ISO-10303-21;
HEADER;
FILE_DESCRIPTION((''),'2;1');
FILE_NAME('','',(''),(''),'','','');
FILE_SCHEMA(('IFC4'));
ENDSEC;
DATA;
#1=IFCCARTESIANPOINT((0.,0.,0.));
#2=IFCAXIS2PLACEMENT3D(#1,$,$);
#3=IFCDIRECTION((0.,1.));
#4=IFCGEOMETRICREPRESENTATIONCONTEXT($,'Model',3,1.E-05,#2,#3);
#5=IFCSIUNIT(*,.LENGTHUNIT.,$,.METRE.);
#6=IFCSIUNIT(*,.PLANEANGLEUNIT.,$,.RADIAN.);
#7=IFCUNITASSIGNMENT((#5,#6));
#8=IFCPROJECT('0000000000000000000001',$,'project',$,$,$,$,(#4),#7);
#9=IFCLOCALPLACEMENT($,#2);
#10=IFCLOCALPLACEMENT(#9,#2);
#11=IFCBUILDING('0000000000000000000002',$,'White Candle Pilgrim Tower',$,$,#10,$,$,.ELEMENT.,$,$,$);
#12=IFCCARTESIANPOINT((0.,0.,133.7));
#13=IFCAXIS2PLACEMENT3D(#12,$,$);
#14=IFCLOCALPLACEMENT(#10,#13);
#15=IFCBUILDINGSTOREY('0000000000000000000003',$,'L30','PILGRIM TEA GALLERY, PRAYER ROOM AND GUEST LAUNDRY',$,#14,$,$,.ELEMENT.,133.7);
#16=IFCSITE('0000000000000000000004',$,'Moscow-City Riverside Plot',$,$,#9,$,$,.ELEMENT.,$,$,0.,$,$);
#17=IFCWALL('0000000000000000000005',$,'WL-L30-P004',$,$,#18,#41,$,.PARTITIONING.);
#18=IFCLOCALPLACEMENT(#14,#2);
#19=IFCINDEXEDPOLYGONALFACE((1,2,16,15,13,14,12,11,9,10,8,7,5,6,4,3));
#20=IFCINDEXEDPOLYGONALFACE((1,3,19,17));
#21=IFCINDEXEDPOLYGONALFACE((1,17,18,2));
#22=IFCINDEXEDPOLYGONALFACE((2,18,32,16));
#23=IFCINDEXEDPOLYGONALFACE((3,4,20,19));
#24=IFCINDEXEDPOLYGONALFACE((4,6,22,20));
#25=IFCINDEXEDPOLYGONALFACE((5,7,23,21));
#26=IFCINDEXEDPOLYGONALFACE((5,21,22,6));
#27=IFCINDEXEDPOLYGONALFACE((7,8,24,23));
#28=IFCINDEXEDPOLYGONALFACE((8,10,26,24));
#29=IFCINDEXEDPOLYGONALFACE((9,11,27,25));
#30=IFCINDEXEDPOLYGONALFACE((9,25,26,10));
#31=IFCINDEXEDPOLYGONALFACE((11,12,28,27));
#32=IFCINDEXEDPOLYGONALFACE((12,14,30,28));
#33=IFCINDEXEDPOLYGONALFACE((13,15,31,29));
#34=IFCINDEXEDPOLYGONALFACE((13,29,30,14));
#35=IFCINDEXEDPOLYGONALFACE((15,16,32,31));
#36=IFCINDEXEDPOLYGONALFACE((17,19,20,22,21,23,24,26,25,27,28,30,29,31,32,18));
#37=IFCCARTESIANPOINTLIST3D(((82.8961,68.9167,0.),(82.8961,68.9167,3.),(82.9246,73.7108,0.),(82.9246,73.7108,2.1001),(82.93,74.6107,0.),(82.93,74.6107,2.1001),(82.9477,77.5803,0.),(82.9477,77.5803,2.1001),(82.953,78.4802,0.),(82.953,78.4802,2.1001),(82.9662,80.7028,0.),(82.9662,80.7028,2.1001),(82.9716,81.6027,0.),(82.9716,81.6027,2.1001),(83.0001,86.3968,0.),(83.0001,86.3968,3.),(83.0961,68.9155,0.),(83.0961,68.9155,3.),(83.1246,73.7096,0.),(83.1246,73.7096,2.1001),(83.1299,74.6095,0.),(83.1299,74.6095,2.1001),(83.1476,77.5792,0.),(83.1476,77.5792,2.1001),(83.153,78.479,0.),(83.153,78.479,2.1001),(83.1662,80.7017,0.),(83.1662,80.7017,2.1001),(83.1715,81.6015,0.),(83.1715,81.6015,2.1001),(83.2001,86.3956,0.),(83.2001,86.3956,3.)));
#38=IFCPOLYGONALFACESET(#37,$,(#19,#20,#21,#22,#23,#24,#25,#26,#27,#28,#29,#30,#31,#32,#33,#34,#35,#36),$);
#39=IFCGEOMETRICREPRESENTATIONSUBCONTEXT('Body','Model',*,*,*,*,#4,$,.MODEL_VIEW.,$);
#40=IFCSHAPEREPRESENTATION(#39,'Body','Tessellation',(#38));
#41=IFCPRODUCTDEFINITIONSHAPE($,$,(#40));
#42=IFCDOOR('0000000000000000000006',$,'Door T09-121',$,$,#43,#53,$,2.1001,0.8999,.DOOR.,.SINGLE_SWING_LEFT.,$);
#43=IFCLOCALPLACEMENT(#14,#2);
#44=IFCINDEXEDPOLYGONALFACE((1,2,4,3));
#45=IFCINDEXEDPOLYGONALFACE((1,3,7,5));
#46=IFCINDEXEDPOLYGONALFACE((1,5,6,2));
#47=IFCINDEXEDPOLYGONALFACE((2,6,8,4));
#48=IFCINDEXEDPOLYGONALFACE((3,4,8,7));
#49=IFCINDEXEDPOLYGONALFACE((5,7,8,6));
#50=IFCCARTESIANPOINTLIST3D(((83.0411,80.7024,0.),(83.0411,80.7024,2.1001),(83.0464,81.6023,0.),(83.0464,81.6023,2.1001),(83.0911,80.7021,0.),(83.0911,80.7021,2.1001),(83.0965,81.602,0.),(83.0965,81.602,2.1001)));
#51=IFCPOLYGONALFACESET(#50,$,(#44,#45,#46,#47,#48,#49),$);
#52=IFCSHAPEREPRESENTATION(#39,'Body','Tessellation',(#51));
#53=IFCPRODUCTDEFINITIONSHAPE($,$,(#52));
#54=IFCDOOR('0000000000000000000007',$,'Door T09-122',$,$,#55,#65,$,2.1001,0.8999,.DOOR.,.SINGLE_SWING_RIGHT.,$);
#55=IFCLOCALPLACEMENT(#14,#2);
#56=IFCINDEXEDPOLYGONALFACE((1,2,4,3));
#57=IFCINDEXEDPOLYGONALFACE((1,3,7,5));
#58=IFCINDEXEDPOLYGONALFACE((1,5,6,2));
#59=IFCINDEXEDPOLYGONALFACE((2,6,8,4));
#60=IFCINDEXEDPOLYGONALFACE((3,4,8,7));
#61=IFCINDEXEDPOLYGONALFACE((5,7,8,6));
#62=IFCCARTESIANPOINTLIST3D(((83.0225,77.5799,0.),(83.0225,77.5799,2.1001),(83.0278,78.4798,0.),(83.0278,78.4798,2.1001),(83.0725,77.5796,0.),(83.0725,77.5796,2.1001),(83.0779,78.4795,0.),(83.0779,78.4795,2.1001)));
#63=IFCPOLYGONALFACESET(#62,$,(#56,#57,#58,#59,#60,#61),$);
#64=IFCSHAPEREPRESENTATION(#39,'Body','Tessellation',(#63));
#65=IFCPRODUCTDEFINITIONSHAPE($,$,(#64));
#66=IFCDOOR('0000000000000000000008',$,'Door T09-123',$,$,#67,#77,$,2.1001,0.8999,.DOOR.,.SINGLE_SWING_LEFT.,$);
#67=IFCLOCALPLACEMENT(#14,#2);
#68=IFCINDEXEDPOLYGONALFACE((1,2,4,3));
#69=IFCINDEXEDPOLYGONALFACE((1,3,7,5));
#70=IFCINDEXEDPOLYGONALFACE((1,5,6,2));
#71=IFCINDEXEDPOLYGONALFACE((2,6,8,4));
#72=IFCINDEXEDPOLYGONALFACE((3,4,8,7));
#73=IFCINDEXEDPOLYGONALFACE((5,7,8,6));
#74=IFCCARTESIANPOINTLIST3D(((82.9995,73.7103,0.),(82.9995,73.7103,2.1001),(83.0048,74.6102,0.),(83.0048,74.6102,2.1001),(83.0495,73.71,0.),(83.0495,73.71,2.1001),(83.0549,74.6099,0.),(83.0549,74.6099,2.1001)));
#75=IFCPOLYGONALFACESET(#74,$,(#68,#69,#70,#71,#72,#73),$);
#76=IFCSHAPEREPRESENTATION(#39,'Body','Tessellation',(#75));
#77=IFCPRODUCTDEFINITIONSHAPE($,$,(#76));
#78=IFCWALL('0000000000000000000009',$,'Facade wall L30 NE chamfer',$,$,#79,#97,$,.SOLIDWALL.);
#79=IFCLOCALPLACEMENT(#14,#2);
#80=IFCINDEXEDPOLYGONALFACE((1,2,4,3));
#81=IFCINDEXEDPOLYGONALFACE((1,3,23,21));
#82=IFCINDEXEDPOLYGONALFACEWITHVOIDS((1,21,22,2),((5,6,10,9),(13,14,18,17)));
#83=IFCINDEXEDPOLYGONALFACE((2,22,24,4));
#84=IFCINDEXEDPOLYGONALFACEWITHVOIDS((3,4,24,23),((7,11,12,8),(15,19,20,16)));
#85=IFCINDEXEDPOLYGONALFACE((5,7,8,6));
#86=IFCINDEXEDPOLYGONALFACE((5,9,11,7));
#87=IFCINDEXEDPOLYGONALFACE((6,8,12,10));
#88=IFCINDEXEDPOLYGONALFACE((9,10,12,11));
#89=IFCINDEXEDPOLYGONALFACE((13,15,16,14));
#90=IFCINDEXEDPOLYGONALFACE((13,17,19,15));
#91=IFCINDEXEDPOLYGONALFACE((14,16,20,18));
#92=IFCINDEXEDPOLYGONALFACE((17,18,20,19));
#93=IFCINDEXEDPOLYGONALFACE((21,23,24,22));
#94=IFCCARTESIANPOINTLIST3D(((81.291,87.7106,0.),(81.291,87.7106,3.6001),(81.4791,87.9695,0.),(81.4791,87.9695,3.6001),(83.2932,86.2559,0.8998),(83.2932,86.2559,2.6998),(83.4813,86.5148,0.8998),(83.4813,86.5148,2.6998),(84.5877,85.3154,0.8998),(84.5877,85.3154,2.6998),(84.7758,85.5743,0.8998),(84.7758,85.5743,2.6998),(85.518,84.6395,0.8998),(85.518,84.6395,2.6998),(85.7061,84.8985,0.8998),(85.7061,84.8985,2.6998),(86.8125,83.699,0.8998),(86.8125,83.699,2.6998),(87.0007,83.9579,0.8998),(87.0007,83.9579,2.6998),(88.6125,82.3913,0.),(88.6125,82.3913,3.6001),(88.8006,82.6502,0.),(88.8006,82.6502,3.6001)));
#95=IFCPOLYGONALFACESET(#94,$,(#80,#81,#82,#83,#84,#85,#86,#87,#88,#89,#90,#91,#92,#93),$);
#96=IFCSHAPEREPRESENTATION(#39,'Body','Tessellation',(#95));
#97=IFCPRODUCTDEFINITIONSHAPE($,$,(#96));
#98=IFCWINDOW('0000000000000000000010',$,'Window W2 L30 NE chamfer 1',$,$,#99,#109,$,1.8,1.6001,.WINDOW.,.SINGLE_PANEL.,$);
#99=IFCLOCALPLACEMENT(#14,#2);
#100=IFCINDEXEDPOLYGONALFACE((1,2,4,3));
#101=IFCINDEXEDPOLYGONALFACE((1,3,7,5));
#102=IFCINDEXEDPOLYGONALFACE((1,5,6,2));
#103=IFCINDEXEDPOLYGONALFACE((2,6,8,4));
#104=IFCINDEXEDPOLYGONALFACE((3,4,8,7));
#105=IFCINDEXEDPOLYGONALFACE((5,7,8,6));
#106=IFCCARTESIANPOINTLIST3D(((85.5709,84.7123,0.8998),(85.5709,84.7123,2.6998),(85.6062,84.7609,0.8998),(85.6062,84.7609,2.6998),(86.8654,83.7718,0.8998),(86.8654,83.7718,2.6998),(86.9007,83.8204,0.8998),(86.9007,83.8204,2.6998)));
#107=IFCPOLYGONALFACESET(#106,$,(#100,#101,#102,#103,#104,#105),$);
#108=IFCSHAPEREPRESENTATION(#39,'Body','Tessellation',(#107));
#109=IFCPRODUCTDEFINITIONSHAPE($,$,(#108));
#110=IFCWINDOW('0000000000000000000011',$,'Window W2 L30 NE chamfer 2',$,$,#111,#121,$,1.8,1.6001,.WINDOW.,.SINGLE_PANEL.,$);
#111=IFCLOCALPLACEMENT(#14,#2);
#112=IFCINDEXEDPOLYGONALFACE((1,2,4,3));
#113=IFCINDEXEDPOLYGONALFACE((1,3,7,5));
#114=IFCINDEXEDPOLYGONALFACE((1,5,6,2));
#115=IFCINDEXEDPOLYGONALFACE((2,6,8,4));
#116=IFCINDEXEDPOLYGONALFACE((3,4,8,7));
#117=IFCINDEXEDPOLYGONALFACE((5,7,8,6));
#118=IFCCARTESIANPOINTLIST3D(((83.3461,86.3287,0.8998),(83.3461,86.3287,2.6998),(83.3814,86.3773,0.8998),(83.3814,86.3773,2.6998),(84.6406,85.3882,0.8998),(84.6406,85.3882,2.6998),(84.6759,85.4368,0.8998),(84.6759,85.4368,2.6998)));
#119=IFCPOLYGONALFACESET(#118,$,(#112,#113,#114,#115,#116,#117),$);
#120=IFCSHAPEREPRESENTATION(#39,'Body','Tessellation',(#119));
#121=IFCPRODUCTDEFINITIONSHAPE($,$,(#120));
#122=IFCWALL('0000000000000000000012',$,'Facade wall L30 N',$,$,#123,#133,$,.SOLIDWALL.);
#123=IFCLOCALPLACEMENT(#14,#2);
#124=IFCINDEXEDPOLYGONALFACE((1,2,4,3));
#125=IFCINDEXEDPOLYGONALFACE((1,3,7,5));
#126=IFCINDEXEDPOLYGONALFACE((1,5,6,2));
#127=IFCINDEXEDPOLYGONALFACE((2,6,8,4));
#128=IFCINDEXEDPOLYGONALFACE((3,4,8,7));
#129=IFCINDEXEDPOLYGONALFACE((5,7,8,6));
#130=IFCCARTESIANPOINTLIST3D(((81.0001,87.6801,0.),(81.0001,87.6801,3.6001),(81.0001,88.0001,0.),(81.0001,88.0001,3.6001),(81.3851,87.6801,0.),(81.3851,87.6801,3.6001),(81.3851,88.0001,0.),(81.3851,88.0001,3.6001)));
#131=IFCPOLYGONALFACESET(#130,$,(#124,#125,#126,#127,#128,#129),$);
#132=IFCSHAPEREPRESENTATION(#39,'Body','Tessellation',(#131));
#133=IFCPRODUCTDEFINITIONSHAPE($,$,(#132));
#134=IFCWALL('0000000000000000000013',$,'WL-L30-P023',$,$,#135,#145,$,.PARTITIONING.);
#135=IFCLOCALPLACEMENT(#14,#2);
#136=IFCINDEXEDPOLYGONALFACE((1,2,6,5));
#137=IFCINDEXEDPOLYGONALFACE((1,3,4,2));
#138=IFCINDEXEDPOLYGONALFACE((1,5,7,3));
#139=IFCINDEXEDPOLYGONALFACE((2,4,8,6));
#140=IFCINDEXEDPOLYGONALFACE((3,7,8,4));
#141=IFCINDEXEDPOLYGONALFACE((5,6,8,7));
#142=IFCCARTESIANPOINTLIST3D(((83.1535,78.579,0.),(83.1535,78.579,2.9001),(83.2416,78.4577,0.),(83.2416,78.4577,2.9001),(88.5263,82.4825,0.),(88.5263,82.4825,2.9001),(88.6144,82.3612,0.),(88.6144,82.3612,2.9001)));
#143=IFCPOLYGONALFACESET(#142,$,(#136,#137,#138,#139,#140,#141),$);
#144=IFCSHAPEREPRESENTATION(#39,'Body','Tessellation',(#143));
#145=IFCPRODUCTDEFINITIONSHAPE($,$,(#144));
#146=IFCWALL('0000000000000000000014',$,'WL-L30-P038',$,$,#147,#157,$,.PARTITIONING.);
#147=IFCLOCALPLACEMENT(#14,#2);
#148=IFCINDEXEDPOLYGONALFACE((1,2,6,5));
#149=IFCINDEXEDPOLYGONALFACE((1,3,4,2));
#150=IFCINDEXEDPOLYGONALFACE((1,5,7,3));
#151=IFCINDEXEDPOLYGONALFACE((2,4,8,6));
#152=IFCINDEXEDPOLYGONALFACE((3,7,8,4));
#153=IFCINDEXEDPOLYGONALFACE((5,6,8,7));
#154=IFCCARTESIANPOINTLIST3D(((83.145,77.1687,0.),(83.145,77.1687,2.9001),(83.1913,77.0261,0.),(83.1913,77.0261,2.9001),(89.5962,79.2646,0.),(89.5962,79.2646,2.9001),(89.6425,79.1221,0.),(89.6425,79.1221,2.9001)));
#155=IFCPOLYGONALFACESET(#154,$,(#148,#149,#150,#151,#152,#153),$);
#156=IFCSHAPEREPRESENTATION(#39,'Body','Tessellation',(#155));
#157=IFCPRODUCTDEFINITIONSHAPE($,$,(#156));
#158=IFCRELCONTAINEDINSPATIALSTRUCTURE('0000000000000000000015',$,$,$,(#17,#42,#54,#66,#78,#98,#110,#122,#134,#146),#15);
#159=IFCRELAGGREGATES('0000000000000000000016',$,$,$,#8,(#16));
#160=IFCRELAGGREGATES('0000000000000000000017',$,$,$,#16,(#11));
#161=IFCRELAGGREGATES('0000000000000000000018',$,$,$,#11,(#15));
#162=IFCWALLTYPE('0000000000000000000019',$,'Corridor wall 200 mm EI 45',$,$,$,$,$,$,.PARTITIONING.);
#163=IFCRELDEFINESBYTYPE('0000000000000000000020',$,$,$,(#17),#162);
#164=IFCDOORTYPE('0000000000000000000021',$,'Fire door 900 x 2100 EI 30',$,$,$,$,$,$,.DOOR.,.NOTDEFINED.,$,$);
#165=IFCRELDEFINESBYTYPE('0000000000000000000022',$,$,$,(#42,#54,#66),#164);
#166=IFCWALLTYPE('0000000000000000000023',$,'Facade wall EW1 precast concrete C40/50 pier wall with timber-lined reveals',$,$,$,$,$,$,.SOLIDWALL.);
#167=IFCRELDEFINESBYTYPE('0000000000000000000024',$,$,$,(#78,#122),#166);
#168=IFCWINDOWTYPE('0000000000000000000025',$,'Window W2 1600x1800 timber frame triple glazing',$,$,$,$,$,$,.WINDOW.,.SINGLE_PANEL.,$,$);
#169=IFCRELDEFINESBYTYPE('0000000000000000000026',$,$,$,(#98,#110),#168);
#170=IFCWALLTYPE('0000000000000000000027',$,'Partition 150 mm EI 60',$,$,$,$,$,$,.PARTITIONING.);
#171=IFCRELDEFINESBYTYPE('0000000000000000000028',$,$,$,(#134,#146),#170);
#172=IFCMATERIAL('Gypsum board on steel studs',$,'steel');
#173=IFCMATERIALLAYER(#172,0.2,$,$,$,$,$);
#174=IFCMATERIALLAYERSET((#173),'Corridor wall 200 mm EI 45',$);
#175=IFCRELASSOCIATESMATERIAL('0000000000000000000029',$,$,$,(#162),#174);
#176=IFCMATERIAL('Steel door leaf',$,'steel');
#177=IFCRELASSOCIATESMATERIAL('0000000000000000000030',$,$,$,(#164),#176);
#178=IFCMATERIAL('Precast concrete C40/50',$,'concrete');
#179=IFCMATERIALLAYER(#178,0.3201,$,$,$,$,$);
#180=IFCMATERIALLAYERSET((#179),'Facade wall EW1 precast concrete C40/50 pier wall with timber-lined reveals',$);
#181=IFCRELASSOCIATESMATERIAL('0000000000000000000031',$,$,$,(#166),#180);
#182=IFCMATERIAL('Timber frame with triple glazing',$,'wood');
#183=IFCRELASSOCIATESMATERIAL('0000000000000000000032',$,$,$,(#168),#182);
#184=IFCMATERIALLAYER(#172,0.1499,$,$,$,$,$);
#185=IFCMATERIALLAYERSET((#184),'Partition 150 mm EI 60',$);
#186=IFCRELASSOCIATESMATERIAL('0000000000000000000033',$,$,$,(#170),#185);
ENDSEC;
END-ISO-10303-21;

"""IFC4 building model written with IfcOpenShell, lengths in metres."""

from ifc_helpers import new_model, si_unit, direction, frame, frame_2d, origin, place, context, subcontext, project, spatial, rectangle, extrude, material, layer, layer_set, type_object, element, fill, save


model = new_model("IFC4")

# Units and contexts
model_context = context("Model", 3, precision=1e-05, world=origin(), true_north=direction((0.0, 1.0)))
body_context = subcontext(model_context, "Body", "Model", "MODEL_VIEW")
ifc_project = project(units=[si_unit("LENGTHUNIT", "METRE"), si_unit("PLANEANGLEUNIT", "RADIAN")], contexts=[model_context])

# Site, building, storey
site_placement = place(None, origin())
site = spatial("IfcSite", under=ifc_project, at=site_placement, Name="Moscow-City Riverside Plot", CompositionType="ELEMENT", RefElevation=0.0)
building_placement = place(site_placement, origin())
building = spatial("IfcBuilding", under=site, at=building_placement, Name="White Candle Pilgrim Tower", CompositionType="ELEMENT")
storey_placement = place(building_placement, frame((0.0, 0.0, 133.7)))
storey = spatial("IfcBuildingStorey", under=building, at=storey_placement, Name="L30", Description="PILGRIM TEA GALLERY, PRAYER ROOM AND GUEST LAUNDRY", CompositionType="ELEMENT", Elevation=133.7)

# Shared definitions
ifc_material_1 = material(Name="Steel door leaf", Category="steel")

# Wall, openings, doors
ifc_material_2 = material(Name="Gypsum board on steel studs", Category="steel")
ifc_layer_1 = layer(ifc_material_2, 0.2)
ifc_layer_set_1 = layer_set([ifc_layer_1], Name="Corridor wall 200 mm EI 45")
wall_type_1 = type_object("IfcWallType", Name="Corridor wall 200 mm EI 45", PredefinedType="PARTITIONING", material=ifc_layer_set_1)
wall_1_placement = place(storey_placement, frame((83.1001, 86.3962, 0.0), z_axis=(0.0, 0.0, 1.0), x_axis=(-0.00595, -0.999982, 0.0)))
wall_1 = element("IfcWall", 1, at=wall_1_placement, inside=storey, type_object=wall_type_1, Name="WL-L30-P004", PredefinedType="PARTITIONING", context=body_context, shape_type="SweptSolid", body=[
    extrude(rectangle(XDim=17.4805, YDim=0.2, at=frame_2d((8.7402, 0.0))), origin(), (0.0, 0.0, 1.0), 3.0),
])
opening_1_placement = place(wall_1_placement, frame((4.7942, 0.0, 0.0)))
opening_1 = element("IfcOpeningElement", 2, at=opening_1_placement, cuts=wall_1, PredefinedType="OPENING", context=body_context, shape_type="SweptSolid", body=[
    extrude(rectangle(XDim=0.8999, YDim=2.1001, at=frame_2d((0.45, 1.05))), frame((0.0, 0.1099, 0.0), z_axis=(0.0, -1.0, 0.0), x_axis=(1.0, 0.0, 0.0)), (0.0, 0.0, 1.0), 0.22),
])
opening_2_placement = place(wall_1_placement, frame((7.9167, 0.0, 0.0)))
opening_2 = element("IfcOpeningElement", 3, at=opening_2_placement, cuts=wall_1, PredefinedType="OPENING", context=body_context, shape_type="SweptSolid", body=[
    extrude(rectangle(XDim=0.8999, YDim=2.1001, at=frame_2d((0.45, 1.05))), frame((0.0, 0.1099, 0.0), z_axis=(0.0, -1.0, 0.0), x_axis=(1.0, 0.0, 0.0)), (0.0, 0.0, 1.0), 0.22),
])
opening_3_placement = place(wall_1_placement, frame((11.7864, 0.0, 0.0)))
opening_3 = element("IfcOpeningElement", 4, at=opening_3_placement, cuts=wall_1, PredefinedType="OPENING", context=body_context, shape_type="SweptSolid", body=[
    extrude(rectangle(XDim=0.8999, YDim=2.1001, at=frame_2d((0.45, 1.05))), frame((0.0, 0.1099, 0.0), z_axis=(0.0, -1.0, 0.0), x_axis=(1.0, 0.0, 0.0)), (0.0, 0.0, 1.0), 0.22),
])
door_type_1 = type_object("IfcDoorType", Name="Fire door 900 x 2100 EI 30", OperationType="NOTDEFINED", PredefinedType="DOOR", material=ifc_material_1)
door_1_placement = place(opening_1_placement, origin())
door_1 = element("IfcDoor", 5, at=door_1_placement, inside=storey, type_object=door_type_1, Name="Door T09-121", OperationType="SINGLE_SWING_LEFT", OverallHeight=2.1001, OverallWidth=0.8999, PredefinedType="DOOR", context=body_context, shape_type="SweptSolid", body=[
    extrude(rectangle(XDim=0.8999, YDim=2.1001, at=frame_2d((0.45, 1.05))), frame((0.0, 0.0249, 0.0), z_axis=(0.0, -1.0, 0.0), x_axis=(1.0, 0.0, 0.0)), (0.0, 0.0, 1.0), 0.05),
])
fill(opening_1, door_1)
door_2_placement = place(opening_2_placement, origin())
door_2 = element("IfcDoor", 6, at=door_2_placement, inside=storey, type_object=door_type_1, Name="Door T09-122", OperationType="SINGLE_SWING_RIGHT", OverallHeight=2.1001, OverallWidth=0.8999, PredefinedType="DOOR", context=body_context, shape_type="SweptSolid", body=[
    extrude(rectangle(XDim=0.8999, YDim=2.1001, at=frame_2d((0.45, 1.05))), frame((0.0, 0.0249, 0.0), z_axis=(0.0, -1.0, 0.0), x_axis=(1.0, 0.0, 0.0)), (0.0, 0.0, 1.0), 0.05),
])
fill(opening_2, door_2)
door_3_placement = place(opening_3_placement, origin())
door_3 = element("IfcDoor", 7, at=door_3_placement, inside=storey, type_object=door_type_1, Name="Door T09-123", OperationType="SINGLE_SWING_LEFT", OverallHeight=2.1001, OverallWidth=0.8999, PredefinedType="DOOR", context=body_context, shape_type="SweptSolid", body=[
    extrude(rectangle(XDim=0.8999, YDim=2.1001, at=frame_2d((0.45, 1.05))), frame((0.0, 0.0249, 0.0), z_axis=(0.0, -1.0, 0.0), x_axis=(1.0, 0.0, 0.0)), (0.0, 0.0, 1.0), 0.05),
])
fill(opening_3, door_3)

# Wall, openings, windows
ifc_material_3 = material(Name="Precast concrete C40/50", Category="concrete")
ifc_layer_2 = layer(ifc_material_3, 0.3201)
ifc_layer_set_2 = layer_set([ifc_layer_2], Name="Facade wall EW1 precast concrete C40/50 pier wall with timber-lined reveals")
wall_type_2 = type_object("IfcWallType", Name="Facade wall EW1 precast concrete C40/50 pier wall with timber-lined reveals", PredefinedType="SOLIDWALL", material=ifc_layer_set_2)
wall_2_placement = place(storey_placement, frame((88.7065, 82.5208, 0.0), z_axis=(0.0, 0.0, 1.0), x_axis=(-0.809021, 0.58778, 0.0)))
wall_2 = element("IfcWall", 8, at=wall_2_placement, inside=storey, type_object=wall_type_2, Name="Facade wall L30 NE chamfer", PredefinedType="SOLIDWALL", context=body_context, shape_type="SweptSolid", body=[
    extrude(rectangle(XDim=9.0498, YDim=0.3201, at=frame_2d((4.5249, 0.0))), origin(), (0.0, 0.0, 1.0), 3.6001),
])
opening_4_placement = place(wall_2_placement, frame((2.2249, 0.0, 0.8999)))
opening_4 = element("IfcOpeningElement", 9, at=opening_4_placement, cuts=wall_2, PredefinedType="OPENING", context=body_context, shape_type="SweptSolid", body=[
    extrude(rectangle(XDim=1.6001, YDim=1.8, at=frame_2d((0.8, 0.8999))), frame((0.0, 0.1699, 0.0), z_axis=(0.0, -1.0, 0.0), x_axis=(1.0, 0.0, 0.0)), (0.0, 0.0, 1.0), 0.3401),
])
opening_5_placement = place(wall_2_placement, frame((4.9749, 0.0, 0.8999)))
opening_5 = element("IfcOpeningElement", 10, at=opening_5_placement, cuts=wall_2, PredefinedType="OPENING", context=body_context, shape_type="SweptSolid", body=[
    extrude(rectangle(XDim=1.6001, YDim=1.8, at=frame_2d((0.8, 0.8999))), frame((0.0, 0.1699, 0.0), z_axis=(0.0, -1.0, 0.0), x_axis=(1.0, 0.0, 0.0)), (0.0, 0.0, 1.0), 0.3401),
])
ifc_material_4 = material(Name="Timber frame with triple glazing", Category="wood")
window_type = type_object("IfcWindowType", Name="Window W2 1600x1800 timber frame triple glazing", PartitioningType="SINGLE_PANEL", PredefinedType="WINDOW", material=ifc_material_4)
window_1_placement = place(opening_4_placement, origin())
window_1 = element("IfcWindow", 11, at=window_1_placement, inside=storey, type_object=window_type, Name="Window W2 L30 NE chamfer 1", OverallHeight=1.8, OverallWidth=1.6001, PartitioningType="SINGLE_PANEL", PredefinedType="WINDOW", context=body_context, shape_type="SweptSolid", body=[
    extrude(rectangle(XDim=1.6001, YDim=1.8, at=frame_2d((0.8, 0.8999))), frame((0.0, 0.0701, 0.0), z_axis=(0.0, -1.0, 0.0), x_axis=(1.0, 0.0, 0.0)), (0.0, 0.0, 1.0), 0.0601),
])
fill(opening_4, window_1)
window_2_placement = place(opening_5_placement, origin())
window_2 = element("IfcWindow", 12, at=window_2_placement, inside=storey, type_object=window_type, Name="Window W2 L30 NE chamfer 2", OverallHeight=1.8, OverallWidth=1.6001, PartitioningType="SINGLE_PANEL", PredefinedType="WINDOW", context=body_context, shape_type="SweptSolid", body=[
    extrude(rectangle(XDim=1.6001, YDim=1.8, at=frame_2d((0.8, 0.8999))), frame((0.0, 0.0701, 0.0), z_axis=(0.0, -1.0, 0.0), x_axis=(1.0, 0.0, 0.0)), (0.0, 0.0, 1.0), 0.0601),
])
fill(opening_5, window_2)

# Walls
wall_3_placement = place(storey_placement, frame((81.385, 87.8401, 0.0), z_axis=(0.0, 0.0, 1.0), x_axis=(-1.0, 0.0, 0.0)))
element("IfcWall", 13, at=wall_3_placement, inside=storey, type_object=wall_type_2, Name="Facade wall L30 N", PredefinedType="SOLIDWALL", context=body_context, shape_type="SweptSolid", body=[
    extrude(rectangle(XDim=0.385, YDim=0.3201, at=frame_2d((0.1924, 0.0))), origin(), (0.0, 0.0, 1.0), 3.6001),
])
ifc_layer_3 = layer(ifc_material_2, 0.1499)
ifc_layer_set_3 = layer_set([ifc_layer_3], Name="Partition 150 mm EI 60")
wall_type_3 = type_object("IfcWallType", Name="Partition 150 mm EI 60", PredefinedType="PARTITIONING", material=ifc_layer_set_3)
wall_4_placement = place(storey_placement, frame((88.5703, 82.4219, 0.0), z_axis=(0.0, 0.0, 1.0), x_axis=(-0.809017, -0.587785, 0.0)))
element("IfcWall", 14, at=wall_4_placement, inside=storey, type_object=wall_type_3, Name="WL-L30-P023", PredefinedType="PARTITIONING", context=body_context, shape_type="SweptSolid", body=[
    extrude(rectangle(XDim=6.6411, YDim=0.1499, at=frame_2d((3.3206, 0.0))), origin(), (0.0, 0.0, 1.0), 2.9001),
])
wall_5_placement = place(storey_placement, frame((89.6194, 79.1934, 0.0), z_axis=(0.0, 0.0, 1.0), x_axis=(-0.951064, -0.308995, 0.0)))
element("IfcWall", 15, at=wall_5_placement, inside=storey, type_object=wall_type_3, Name="WL-L30-P038", PredefinedType="PARTITIONING", context=body_context, shape_type="SweptSolid", body=[
    extrude(rectangle(XDim=6.7832, YDim=0.1499, at=frame_2d((3.3916, 0.0))), origin(), (0.0, 0.0, 1.0), 2.9001),
])

save(model, "model.ifc")
